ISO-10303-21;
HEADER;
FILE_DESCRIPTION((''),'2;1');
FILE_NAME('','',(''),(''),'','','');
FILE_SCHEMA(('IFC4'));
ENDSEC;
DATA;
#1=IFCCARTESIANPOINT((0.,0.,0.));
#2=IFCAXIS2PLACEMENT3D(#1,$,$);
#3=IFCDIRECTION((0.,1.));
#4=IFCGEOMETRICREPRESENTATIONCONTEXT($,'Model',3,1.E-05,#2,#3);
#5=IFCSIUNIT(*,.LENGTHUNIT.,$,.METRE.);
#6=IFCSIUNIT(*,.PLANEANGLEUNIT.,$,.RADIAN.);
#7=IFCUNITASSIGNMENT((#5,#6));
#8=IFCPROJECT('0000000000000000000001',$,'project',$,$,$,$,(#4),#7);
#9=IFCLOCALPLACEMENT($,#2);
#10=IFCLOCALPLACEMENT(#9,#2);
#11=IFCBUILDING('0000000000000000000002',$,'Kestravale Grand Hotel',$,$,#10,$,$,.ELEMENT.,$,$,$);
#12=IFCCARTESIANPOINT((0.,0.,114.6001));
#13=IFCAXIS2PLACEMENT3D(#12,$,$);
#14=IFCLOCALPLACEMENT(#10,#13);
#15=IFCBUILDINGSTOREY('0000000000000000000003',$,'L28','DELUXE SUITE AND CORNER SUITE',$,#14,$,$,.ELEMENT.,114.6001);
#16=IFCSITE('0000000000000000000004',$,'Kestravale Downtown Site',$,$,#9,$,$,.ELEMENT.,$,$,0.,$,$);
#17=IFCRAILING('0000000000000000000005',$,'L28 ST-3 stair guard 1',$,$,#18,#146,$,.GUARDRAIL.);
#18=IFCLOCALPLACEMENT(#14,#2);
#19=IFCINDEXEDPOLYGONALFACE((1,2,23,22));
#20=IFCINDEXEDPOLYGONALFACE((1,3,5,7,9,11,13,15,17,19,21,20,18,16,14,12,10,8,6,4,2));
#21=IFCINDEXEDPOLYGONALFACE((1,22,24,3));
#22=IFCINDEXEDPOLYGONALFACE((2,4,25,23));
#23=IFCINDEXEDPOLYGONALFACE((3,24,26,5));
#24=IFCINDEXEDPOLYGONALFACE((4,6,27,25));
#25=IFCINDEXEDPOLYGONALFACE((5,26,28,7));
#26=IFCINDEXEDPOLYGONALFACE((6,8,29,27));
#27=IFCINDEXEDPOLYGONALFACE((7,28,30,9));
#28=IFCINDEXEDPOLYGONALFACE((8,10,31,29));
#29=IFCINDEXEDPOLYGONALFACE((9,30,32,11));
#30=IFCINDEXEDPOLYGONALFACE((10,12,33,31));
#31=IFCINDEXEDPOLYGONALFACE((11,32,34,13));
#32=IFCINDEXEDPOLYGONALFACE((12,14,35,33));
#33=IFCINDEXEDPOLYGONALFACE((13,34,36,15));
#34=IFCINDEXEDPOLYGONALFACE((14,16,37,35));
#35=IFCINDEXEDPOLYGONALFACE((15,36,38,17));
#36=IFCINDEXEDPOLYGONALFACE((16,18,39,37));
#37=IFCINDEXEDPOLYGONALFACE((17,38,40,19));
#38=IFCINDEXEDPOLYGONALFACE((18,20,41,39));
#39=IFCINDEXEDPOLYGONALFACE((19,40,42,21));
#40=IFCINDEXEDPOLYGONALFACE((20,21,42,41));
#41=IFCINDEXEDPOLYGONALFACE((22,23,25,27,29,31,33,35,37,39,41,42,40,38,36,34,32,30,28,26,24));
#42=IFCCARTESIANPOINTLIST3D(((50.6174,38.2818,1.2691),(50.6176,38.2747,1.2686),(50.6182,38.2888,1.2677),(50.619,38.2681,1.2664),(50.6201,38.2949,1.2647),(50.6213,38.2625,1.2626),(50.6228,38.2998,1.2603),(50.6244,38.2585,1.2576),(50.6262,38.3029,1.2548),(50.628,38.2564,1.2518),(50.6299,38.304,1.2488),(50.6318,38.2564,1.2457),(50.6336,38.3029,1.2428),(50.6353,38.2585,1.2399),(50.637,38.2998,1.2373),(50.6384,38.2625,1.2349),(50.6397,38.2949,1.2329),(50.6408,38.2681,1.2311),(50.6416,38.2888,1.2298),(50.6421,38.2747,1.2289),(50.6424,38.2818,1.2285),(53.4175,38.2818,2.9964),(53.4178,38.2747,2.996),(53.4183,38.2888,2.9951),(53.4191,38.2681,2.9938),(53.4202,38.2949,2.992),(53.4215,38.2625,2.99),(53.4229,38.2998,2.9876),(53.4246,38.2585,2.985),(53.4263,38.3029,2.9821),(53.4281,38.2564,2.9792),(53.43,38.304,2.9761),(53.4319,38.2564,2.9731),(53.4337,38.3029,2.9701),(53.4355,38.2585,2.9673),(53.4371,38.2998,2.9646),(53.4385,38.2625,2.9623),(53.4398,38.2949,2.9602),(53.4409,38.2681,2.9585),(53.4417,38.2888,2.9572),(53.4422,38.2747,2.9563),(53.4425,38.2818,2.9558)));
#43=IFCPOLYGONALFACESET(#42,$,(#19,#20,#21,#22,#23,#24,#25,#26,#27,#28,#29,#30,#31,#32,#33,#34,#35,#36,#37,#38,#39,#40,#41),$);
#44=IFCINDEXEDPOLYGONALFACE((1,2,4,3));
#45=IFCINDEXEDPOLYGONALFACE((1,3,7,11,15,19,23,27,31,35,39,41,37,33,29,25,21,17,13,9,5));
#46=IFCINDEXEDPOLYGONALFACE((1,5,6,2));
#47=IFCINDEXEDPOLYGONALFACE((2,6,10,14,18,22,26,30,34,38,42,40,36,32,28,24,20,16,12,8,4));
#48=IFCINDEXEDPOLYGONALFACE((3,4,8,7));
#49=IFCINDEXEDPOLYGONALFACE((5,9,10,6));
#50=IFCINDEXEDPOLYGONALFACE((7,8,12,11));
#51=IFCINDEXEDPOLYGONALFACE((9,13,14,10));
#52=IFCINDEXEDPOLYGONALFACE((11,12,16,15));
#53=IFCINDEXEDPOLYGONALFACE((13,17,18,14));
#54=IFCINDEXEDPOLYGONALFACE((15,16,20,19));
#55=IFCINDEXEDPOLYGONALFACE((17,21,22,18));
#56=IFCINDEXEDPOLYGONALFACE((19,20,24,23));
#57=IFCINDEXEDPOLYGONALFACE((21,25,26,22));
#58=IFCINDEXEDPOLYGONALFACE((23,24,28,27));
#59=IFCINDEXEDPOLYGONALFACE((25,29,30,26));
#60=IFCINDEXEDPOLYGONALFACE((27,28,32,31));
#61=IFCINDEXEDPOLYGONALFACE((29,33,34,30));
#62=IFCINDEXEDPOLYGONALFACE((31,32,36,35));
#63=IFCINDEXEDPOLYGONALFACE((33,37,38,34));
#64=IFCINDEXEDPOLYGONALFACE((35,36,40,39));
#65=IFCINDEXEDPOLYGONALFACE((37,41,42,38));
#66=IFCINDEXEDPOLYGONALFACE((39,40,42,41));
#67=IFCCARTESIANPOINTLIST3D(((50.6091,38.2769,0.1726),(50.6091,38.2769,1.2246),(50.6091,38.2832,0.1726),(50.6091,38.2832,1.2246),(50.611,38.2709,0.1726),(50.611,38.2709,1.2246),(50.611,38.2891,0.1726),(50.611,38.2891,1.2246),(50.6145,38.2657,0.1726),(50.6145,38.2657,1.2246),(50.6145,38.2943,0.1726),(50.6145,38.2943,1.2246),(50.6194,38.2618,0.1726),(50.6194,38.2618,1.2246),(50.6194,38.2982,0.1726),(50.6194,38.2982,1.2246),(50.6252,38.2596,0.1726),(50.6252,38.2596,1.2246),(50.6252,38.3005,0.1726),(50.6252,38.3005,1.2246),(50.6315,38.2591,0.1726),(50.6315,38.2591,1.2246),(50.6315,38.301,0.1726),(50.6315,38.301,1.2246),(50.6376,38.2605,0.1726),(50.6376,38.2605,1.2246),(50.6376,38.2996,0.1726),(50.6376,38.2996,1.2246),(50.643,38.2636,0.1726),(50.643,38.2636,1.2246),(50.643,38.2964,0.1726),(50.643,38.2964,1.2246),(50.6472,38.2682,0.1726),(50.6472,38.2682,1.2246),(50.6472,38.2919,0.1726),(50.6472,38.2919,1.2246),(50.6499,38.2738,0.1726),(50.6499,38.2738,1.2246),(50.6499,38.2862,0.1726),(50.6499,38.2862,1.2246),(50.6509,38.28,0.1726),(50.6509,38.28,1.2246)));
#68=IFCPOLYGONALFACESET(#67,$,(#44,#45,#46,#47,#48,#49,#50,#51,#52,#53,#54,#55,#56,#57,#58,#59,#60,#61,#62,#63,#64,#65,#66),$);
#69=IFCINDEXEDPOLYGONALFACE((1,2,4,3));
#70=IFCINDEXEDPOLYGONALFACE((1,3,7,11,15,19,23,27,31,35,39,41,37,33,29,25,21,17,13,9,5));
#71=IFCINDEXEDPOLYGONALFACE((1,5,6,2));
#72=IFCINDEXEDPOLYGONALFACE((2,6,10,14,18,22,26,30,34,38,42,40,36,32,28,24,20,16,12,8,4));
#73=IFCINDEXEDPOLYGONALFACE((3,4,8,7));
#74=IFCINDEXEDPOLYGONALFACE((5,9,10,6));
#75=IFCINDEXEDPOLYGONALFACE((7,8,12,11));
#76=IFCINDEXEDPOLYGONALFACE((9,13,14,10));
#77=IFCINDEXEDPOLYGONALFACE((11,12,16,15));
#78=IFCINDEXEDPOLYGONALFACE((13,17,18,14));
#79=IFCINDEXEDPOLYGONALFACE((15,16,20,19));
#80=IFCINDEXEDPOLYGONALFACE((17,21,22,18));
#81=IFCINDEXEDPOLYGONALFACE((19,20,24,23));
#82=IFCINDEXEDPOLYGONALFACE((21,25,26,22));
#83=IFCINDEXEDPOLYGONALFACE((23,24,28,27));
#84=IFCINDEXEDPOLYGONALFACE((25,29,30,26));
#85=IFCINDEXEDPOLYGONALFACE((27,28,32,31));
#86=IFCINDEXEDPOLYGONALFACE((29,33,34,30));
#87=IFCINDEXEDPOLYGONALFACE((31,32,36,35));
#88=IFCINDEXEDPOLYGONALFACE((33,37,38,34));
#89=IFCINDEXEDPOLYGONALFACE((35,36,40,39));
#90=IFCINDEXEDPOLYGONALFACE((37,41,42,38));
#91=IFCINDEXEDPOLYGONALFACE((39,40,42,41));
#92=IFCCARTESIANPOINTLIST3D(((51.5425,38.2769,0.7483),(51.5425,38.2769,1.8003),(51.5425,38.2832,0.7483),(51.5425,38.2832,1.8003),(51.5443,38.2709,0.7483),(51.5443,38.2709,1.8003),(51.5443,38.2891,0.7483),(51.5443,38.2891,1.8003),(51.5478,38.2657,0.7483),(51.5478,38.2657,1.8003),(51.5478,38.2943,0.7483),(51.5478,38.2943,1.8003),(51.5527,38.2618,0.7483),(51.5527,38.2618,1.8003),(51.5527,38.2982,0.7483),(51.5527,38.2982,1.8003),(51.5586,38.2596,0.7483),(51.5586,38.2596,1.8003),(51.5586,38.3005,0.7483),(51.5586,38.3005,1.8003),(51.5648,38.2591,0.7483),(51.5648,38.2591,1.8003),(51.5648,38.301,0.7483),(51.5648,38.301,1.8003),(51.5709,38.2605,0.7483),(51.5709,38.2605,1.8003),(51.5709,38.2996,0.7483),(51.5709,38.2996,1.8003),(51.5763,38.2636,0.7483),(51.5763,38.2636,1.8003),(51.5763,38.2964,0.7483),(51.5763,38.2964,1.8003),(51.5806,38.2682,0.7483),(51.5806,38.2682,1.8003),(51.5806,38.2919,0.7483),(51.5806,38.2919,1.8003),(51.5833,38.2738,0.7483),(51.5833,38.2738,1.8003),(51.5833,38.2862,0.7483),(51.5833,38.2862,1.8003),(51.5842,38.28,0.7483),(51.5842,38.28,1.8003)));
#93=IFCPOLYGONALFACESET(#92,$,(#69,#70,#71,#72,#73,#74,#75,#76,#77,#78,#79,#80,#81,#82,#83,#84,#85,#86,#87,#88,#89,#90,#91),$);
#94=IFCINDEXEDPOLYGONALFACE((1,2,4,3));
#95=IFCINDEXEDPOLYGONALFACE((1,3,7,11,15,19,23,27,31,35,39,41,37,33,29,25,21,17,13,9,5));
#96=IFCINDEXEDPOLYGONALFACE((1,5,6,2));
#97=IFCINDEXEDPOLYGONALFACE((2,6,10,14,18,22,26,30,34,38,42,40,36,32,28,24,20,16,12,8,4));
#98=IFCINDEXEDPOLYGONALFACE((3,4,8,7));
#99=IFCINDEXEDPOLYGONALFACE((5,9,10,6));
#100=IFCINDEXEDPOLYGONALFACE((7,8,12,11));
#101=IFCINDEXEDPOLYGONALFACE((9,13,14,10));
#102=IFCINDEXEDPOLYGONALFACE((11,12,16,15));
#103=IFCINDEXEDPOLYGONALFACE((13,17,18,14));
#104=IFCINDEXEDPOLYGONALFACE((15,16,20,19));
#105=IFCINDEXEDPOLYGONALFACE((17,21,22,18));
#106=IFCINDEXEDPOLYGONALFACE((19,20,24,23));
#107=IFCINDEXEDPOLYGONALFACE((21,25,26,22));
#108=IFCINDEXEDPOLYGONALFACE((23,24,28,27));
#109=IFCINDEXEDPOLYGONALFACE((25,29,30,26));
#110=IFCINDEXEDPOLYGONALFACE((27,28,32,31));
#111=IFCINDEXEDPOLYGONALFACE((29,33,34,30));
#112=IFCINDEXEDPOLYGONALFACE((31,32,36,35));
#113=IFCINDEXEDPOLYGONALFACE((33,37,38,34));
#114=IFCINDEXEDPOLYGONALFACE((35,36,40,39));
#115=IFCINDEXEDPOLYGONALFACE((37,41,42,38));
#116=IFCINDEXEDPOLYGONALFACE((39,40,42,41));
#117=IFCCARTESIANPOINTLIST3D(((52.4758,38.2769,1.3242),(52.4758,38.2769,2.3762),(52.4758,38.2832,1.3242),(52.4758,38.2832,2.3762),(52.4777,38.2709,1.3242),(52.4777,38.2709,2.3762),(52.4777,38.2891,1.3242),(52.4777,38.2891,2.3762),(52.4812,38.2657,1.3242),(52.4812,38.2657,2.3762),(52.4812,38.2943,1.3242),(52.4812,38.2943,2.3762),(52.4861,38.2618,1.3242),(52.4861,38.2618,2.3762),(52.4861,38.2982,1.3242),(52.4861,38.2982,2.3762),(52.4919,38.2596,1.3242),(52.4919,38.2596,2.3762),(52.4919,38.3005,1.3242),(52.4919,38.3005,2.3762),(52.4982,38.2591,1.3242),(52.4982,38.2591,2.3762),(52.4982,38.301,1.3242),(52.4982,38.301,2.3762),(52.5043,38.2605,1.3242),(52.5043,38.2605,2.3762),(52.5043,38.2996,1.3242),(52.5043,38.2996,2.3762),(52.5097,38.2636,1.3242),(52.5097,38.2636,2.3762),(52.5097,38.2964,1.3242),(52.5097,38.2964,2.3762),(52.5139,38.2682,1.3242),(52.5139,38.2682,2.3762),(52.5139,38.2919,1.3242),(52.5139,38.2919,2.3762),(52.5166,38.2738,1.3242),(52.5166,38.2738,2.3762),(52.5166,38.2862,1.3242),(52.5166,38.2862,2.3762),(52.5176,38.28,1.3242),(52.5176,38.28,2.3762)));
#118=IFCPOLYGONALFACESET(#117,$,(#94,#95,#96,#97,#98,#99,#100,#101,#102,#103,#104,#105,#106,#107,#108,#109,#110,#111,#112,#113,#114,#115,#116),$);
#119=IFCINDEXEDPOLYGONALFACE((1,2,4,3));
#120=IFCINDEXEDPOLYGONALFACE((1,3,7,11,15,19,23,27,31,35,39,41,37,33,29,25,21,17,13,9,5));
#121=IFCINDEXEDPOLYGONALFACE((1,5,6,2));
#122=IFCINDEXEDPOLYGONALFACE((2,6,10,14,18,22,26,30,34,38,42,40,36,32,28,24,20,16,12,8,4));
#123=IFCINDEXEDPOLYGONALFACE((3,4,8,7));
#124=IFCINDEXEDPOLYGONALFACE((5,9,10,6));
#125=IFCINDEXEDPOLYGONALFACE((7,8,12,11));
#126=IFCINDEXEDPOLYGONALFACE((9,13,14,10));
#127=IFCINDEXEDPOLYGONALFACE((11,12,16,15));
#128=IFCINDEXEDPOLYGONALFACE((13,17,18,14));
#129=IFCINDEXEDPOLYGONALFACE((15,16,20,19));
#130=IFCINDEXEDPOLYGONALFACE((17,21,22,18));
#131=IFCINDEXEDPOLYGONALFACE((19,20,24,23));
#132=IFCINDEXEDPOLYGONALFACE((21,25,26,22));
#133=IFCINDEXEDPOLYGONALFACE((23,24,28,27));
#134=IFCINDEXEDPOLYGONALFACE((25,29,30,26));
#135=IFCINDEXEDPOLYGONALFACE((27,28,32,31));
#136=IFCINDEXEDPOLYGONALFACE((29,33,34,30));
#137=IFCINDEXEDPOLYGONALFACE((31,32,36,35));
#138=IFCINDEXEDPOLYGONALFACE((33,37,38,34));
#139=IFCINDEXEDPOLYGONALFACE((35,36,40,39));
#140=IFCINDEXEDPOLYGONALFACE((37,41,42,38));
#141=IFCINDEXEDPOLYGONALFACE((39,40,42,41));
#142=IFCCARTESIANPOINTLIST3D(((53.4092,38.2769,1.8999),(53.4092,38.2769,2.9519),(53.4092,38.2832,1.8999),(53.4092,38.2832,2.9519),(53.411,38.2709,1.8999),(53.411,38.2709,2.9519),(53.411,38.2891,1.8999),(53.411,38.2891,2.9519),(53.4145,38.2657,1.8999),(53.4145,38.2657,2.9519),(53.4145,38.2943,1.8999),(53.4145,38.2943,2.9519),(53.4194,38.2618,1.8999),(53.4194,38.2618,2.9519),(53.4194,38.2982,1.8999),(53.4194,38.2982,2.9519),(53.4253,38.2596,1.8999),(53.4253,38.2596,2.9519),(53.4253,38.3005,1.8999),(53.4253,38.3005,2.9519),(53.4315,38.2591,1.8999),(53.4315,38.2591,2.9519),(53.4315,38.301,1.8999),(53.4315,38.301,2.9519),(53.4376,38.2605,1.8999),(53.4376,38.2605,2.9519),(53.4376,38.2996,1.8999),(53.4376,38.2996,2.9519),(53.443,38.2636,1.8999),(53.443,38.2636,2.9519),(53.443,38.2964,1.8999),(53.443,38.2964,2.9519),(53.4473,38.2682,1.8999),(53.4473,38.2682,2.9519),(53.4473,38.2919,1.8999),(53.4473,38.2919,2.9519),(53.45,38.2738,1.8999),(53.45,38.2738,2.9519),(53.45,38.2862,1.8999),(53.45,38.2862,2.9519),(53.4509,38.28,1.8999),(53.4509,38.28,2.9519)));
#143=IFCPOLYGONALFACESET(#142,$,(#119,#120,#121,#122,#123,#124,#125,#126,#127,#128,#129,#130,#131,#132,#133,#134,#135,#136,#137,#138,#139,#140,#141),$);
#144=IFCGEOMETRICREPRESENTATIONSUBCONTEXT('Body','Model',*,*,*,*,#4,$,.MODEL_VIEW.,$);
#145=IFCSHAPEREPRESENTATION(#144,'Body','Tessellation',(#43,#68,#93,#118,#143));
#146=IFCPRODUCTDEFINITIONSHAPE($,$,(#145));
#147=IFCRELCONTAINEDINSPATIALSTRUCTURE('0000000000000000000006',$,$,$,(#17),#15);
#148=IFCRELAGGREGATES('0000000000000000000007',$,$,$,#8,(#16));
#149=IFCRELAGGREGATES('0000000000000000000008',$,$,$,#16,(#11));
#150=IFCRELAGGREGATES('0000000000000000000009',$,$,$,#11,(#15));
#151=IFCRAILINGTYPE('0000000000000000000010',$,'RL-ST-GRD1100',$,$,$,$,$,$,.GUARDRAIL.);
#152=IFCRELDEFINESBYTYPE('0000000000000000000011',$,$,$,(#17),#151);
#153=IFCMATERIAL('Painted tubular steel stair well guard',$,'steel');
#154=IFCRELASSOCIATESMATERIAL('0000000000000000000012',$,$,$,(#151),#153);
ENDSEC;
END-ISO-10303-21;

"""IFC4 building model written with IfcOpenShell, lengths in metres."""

from ifc_helpers import new_model, si_unit, direction, frame, origin, origin_2d, place, context, subcontext, project, spatial, circle, extrude, material, type_object, element, save


model = new_model("IFC4")

# Units and contexts
model_context = context("Model", 3, precision=1e-05, world=origin(), true_north=direction((0.0, 1.0)))
body_context = subcontext(model_context, "Body", "Model", "MODEL_VIEW")
ifc_project = project(units=[si_unit("LENGTHUNIT", "METRE"), si_unit("PLANEANGLEUNIT", "RADIAN")], contexts=[model_context])

# Site, building, storey
site_placement = place(None, origin())
site = spatial("IfcSite", under=ifc_project, at=site_placement, Name="Kestravale Downtown Site", CompositionType="ELEMENT", RefElevation=0.0)
building_placement = place(site_placement, origin())
building = spatial("IfcBuilding", under=site, at=building_placement, Name="Kestravale Grand Hotel", CompositionType="ELEMENT")
storey_placement = place(building_placement, frame((0.0, 0.0, 114.6001)))
storey = spatial("IfcBuildingStorey", under=building, at=storey_placement, Name="L28", Description="DELUXE SUITE AND CORNER SUITE", CompositionType="ELEMENT", Elevation=114.6001)

# Railing
ifc_material_1 = material(Name="Painted tubular steel stair well guard", Category="steel")
railing_type_1 = type_object("IfcRailingType", Name="RL-ST-GRD1100", PredefinedType="GUARDRAIL", material=ifc_material_1)
railing_1_placement = place(storey_placement, frame((50.6299, 38.28, 0.1726)))
element("IfcRailing", 1, at=railing_1_placement, inside=storey, type_object=railing_type_1, Name="L28 ST-3 stair guard 1", PredefinedType="GUARDRAIL", context=body_context, shape_type="SweptSolid", body=[
    extrude(circle(Radius=0.0239, at=origin_2d()), frame((0.0, 0.0, 1.0762), z_axis=(0.85109, 0.0, 0.52502), x_axis=(0.0, 1.0, 0.0)), (0.0, 0.0, 1.0), 3.29),
    extrude(circle(Radius=0.021, at=origin_2d()), origin(), (0.0, 0.0, 1.0), 1.052),
    extrude(circle(Radius=0.021, at=origin_2d()), frame((0.9333, 0.0, 0.5757)), (0.0, 0.0, 1.0), 1.052),
    extrude(circle(Radius=0.021, at=origin_2d()), frame((1.8667, 0.0, 1.1516)), (0.0, 0.0, 1.0), 1.052),
    extrude(circle(Radius=0.021, at=origin_2d()), frame((2.8, 0.0, 1.7273)), (0.0, 0.0, 1.0), 1.052),
])

save(model, "model.ifc")
